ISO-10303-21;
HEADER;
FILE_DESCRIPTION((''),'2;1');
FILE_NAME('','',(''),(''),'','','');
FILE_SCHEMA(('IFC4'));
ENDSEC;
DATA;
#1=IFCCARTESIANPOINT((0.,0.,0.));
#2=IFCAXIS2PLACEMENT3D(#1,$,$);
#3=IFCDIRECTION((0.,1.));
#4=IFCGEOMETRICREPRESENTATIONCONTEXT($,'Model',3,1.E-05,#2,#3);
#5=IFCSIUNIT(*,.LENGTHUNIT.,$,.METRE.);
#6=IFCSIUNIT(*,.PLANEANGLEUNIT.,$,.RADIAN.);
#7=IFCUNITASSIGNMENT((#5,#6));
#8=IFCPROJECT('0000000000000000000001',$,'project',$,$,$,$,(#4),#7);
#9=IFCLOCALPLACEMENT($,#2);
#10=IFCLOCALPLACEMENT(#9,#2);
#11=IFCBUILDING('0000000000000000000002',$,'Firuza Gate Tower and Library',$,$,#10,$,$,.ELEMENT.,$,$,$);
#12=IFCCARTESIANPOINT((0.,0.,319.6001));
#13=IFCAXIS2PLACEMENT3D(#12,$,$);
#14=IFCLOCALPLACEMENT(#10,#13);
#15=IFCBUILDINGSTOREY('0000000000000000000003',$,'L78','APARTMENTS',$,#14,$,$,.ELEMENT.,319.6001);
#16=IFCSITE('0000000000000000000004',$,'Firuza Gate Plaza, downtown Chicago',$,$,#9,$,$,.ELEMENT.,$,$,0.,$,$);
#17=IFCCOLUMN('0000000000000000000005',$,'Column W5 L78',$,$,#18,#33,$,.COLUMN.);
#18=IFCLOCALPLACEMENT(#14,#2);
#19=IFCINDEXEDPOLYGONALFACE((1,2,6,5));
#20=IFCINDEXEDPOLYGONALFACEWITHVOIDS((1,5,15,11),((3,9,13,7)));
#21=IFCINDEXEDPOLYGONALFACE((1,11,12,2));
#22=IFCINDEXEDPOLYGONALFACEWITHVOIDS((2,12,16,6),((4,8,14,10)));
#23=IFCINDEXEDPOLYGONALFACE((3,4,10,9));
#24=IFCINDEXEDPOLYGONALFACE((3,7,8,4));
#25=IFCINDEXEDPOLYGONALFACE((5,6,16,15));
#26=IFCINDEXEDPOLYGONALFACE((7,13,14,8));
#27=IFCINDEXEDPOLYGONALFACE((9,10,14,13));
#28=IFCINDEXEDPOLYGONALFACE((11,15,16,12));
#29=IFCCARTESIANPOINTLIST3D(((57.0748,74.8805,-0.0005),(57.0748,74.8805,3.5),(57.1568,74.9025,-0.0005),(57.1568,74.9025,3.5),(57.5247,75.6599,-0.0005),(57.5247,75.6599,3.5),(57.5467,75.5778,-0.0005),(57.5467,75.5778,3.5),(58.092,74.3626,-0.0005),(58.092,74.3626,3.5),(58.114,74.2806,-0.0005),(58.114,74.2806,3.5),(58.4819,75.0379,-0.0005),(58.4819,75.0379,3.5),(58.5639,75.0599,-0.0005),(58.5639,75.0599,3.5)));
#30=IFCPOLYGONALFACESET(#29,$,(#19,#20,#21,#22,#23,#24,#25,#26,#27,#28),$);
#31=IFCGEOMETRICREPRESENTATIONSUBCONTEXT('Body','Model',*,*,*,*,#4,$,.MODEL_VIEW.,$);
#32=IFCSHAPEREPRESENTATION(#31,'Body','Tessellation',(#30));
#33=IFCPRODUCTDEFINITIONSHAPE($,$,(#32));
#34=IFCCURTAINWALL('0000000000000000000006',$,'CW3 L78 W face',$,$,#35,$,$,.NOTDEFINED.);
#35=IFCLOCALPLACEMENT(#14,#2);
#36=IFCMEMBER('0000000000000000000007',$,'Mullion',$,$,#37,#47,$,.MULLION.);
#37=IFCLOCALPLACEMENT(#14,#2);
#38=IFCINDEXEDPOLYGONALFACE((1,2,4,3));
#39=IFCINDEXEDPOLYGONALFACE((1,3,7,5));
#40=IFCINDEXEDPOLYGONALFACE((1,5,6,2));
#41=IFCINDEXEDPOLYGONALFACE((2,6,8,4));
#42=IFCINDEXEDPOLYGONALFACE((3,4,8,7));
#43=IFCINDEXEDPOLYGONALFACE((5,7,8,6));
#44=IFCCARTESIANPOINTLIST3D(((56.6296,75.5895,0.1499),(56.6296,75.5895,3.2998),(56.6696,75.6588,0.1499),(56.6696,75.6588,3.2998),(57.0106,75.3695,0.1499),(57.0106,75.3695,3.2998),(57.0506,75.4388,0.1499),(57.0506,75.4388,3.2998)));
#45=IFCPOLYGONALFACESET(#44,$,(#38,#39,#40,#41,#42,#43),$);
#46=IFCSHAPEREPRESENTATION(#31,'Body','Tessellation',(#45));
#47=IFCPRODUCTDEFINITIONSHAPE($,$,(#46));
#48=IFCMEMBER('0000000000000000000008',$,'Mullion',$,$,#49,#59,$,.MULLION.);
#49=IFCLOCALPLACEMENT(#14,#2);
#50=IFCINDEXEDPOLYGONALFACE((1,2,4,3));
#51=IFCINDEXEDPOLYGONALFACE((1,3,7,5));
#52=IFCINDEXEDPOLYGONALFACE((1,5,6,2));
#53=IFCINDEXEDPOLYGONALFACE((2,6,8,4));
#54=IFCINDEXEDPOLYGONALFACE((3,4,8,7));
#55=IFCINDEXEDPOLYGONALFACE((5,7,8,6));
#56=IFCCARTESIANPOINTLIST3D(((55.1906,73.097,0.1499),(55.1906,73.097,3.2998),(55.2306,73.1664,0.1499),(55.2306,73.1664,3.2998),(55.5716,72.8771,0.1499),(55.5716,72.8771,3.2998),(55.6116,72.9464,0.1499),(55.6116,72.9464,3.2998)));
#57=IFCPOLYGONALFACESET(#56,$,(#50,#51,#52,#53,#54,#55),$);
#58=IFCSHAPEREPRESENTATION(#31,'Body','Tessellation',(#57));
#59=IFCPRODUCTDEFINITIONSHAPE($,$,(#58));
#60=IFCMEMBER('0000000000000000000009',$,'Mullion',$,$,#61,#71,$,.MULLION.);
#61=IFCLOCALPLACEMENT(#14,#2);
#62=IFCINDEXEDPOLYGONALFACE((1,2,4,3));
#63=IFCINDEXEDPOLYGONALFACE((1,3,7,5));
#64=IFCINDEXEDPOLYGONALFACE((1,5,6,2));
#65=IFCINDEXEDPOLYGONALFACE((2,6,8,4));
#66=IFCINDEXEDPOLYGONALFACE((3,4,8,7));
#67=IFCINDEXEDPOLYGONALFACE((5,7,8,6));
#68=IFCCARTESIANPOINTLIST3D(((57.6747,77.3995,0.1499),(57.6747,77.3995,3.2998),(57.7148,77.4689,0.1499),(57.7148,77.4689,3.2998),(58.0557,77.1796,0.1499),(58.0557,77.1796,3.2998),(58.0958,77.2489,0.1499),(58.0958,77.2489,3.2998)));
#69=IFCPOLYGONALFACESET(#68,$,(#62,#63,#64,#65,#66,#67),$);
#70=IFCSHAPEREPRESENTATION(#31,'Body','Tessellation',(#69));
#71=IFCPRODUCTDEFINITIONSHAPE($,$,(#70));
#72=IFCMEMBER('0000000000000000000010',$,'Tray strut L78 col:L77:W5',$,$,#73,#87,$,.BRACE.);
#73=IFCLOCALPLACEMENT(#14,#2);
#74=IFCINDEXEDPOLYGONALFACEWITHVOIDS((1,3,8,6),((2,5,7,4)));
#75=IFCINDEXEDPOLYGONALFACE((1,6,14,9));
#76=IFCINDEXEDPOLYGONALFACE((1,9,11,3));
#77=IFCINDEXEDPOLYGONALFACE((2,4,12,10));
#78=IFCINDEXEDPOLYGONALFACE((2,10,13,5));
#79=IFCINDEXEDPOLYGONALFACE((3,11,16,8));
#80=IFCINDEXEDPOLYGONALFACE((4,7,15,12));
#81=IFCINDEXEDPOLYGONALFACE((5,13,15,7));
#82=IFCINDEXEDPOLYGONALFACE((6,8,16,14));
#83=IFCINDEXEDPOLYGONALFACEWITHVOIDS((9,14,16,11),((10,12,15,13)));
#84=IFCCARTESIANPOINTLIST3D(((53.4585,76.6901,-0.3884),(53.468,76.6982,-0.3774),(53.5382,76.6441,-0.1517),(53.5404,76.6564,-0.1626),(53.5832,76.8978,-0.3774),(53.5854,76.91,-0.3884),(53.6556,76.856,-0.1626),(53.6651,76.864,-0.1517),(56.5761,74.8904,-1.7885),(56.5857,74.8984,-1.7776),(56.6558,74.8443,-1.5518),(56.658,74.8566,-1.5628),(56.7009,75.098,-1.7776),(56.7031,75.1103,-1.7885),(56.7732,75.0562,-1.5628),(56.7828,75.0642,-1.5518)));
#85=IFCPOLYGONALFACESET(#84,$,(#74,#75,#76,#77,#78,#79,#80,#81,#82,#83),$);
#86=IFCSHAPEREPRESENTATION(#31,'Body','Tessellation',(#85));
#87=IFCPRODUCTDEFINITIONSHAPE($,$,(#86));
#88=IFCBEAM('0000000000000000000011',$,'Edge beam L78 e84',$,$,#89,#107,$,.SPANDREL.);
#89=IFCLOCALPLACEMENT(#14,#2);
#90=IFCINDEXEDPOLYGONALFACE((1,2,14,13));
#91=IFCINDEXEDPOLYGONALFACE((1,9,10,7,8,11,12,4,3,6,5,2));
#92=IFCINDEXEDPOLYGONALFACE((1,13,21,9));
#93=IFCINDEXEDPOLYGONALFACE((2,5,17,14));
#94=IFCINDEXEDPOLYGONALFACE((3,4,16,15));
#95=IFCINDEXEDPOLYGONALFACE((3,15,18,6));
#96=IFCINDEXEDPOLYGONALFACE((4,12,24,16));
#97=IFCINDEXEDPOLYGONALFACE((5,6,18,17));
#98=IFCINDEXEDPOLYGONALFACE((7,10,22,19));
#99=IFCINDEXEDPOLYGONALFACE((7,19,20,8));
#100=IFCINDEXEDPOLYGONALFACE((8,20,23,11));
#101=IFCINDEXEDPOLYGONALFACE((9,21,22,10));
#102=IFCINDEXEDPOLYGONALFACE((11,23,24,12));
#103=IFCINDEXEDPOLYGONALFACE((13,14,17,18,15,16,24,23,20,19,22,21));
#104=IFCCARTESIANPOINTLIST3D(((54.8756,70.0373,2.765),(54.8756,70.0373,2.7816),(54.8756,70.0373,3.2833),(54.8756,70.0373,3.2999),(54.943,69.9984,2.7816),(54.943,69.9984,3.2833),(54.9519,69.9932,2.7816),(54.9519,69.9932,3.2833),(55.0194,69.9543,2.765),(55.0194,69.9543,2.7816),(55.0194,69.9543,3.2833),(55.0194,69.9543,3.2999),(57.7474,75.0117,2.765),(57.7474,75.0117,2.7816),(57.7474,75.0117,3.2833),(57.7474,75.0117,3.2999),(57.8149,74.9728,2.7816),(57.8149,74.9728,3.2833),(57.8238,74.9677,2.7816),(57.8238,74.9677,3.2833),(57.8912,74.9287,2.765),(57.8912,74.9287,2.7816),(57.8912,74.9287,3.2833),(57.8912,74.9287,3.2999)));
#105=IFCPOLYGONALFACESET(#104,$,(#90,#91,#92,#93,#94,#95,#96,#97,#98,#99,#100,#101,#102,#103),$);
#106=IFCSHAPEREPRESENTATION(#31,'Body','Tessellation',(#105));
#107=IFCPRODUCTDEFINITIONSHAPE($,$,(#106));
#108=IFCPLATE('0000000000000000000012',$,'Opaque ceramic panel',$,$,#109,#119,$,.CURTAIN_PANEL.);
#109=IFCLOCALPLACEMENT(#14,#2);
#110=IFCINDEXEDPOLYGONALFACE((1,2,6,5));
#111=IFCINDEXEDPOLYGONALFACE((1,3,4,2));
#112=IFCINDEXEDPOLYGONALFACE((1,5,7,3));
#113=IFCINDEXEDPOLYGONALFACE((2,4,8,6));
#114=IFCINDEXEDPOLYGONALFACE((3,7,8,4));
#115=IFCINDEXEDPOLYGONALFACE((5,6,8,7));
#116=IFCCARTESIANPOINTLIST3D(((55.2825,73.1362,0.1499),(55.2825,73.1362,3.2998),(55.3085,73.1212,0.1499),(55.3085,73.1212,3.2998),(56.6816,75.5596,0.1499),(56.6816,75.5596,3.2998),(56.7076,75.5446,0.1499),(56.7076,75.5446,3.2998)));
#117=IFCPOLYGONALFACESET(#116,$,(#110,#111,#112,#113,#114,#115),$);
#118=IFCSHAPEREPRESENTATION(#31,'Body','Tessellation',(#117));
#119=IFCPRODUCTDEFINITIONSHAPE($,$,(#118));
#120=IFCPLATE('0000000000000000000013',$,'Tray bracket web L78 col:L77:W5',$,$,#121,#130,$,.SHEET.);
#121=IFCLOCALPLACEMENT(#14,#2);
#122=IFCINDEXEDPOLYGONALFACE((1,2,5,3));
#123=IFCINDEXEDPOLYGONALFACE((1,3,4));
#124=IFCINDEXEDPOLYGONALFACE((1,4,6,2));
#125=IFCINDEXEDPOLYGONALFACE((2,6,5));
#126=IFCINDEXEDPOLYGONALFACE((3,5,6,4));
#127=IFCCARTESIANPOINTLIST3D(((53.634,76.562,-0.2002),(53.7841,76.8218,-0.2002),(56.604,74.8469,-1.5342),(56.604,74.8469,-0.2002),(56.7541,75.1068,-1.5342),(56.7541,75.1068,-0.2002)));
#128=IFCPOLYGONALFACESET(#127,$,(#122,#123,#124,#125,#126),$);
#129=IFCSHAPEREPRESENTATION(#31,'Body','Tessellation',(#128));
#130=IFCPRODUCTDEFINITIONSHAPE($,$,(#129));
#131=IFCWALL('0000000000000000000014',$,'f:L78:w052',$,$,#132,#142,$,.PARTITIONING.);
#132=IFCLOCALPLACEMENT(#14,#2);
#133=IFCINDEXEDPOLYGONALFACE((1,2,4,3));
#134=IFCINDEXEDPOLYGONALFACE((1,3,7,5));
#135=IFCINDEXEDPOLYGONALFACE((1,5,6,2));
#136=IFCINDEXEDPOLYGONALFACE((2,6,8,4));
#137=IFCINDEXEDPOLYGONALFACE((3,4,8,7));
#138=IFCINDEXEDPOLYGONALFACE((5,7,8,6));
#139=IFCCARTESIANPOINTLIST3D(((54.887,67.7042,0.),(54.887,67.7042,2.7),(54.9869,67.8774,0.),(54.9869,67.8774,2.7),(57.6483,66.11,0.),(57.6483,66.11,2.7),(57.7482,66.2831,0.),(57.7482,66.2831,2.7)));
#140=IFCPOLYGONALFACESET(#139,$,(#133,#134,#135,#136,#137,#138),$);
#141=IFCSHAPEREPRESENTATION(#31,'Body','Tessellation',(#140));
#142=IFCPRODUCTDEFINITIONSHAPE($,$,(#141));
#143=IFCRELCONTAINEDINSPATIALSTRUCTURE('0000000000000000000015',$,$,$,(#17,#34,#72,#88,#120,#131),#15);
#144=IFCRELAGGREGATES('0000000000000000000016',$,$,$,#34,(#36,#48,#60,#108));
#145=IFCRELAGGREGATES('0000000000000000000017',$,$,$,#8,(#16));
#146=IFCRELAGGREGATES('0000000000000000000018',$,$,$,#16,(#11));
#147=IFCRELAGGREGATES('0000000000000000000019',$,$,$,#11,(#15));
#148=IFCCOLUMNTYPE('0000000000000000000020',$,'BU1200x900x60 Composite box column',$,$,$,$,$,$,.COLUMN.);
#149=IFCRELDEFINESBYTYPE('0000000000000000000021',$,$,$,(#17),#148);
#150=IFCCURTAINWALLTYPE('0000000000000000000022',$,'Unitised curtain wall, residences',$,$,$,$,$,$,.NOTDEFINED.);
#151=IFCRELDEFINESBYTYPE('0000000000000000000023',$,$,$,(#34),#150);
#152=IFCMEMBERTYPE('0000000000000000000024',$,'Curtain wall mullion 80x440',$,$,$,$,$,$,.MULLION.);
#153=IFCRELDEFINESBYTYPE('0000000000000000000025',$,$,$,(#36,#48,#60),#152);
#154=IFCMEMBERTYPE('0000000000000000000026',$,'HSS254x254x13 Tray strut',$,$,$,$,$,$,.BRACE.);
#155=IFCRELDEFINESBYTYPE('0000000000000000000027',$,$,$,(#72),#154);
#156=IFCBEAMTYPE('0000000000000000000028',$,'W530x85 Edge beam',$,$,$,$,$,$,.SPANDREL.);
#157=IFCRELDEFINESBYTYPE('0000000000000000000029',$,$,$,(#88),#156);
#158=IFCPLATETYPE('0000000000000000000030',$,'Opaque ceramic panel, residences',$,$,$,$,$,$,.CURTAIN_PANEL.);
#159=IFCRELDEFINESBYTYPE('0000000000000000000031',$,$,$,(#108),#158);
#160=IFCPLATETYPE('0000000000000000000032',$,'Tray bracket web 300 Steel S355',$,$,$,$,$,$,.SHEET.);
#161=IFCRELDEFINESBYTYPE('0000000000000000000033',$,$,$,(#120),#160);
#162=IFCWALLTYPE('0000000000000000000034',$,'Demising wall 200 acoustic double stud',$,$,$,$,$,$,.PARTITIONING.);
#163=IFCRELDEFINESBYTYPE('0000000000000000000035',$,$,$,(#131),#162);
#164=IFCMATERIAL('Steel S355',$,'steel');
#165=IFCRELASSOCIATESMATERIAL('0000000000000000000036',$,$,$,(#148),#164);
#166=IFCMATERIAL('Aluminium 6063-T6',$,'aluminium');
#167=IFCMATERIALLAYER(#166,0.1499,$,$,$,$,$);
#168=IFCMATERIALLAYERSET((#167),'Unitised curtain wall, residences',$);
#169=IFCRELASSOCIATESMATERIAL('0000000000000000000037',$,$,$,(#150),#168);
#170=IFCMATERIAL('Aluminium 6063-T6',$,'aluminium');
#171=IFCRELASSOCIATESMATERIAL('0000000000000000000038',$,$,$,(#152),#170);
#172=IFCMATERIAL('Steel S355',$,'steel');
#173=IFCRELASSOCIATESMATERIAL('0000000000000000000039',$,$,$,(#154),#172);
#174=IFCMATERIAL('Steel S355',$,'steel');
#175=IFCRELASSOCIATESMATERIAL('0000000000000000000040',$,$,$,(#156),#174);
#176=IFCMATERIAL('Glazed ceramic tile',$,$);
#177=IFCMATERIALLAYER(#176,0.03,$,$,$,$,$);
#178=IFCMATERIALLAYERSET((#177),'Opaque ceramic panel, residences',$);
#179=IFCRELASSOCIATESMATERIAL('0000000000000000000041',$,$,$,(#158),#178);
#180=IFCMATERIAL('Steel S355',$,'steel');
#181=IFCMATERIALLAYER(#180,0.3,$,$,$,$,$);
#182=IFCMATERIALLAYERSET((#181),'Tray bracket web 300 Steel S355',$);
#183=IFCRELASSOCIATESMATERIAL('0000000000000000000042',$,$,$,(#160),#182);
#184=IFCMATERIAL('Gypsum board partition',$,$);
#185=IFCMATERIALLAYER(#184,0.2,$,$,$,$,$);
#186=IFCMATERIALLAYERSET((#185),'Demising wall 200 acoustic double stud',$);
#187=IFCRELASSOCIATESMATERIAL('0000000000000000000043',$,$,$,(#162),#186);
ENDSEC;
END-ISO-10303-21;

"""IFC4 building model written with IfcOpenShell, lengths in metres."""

from ifc_helpers import new_model, si_unit, direction, frame, frame_2d, origin, origin_2d, place, context, subcontext, project, spatial, polyline, rectangle, hollow_rectangle, i_section, outline, extrude, material, layer, layer_set, material_profile, profile_set, type_object, element, aggregate, save


model = new_model("IFC4")

# Units and contexts
model_context = context("Model", 3, precision=1e-05, world=origin(), true_north=direction((0.0, 1.0)))
body_context = subcontext(model_context, "Body", "Model", "MODEL_VIEW")
ifc_project = project(units=[si_unit("LENGTHUNIT", "METRE"), si_unit("PLANEANGLEUNIT", "RADIAN")], contexts=[model_context])

# Site, building, storey
site_placement = place(None, origin())
site = spatial("IfcSite", under=ifc_project, at=site_placement, Name="Firuza Gate Plaza, downtown Chicago", CompositionType="ELEMENT", RefElevation=0.0)
building_placement = place(site_placement, origin())
building = spatial("IfcBuilding", under=site, at=building_placement, Name="Firuza Gate Tower and Library", CompositionType="ELEMENT")
storey_placement = place(building_placement, frame((0.0, 0.0, 319.6001)))
storey = spatial("IfcBuildingStorey", under=building, at=storey_placement, Name="L78", Description="APARTMENTS", CompositionType="ELEMENT", Elevation=319.6001)

# Column
ifc_material_1 = material(Name="Steel S355", Category="steel")
ifc_material_profile_1 = material_profile(ifc_material_1, hollow_rectangle(XDim=0.8999, YDim=1.2, WallThickness=0.0601, at=origin_2d()))
ifc_profile_set_1 = profile_set([ifc_material_profile_1], Name="Steel S355")
column_type = type_object("IfcColumnType", Name="BU1200x900x60 Composite box column", PredefinedType="COLUMN", material=ifc_profile_set_1)
column_placement = place(storey_placement, frame((57.8193, 74.9702, -0.0005), z_axis=(0.0, 0.0, 1.0), x_axis=(-0.5, -0.866025, 0.0)))
element("IfcColumn", 1, at=column_placement, inside=storey, type_object=column_type, Name="Column W5 L78", PredefinedType="COLUMN", context=body_context, shape_type="SweptSolid", body=[
    extrude(hollow_rectangle(XDim=0.8999, YDim=1.2, WallThickness=0.0601, at=origin_2d()), origin(), (0.0, 0.0, 1.0), 3.5005),
])

# Curtain wall, members
ifc_material_2 = material(Name="Aluminium 6063-T6", Category="aluminium")
ifc_layer_1 = layer(ifc_material_2, 0.1499)
ifc_layer_set_1 = layer_set([ifc_layer_1], Name="Unitised curtain wall, residences")
curtain_wall_type = type_object("IfcCurtainWallType", Name="Unitised curtain wall, residences", PredefinedType="NOTDEFINED", material=ifc_layer_set_1)
curtain_wall_placement = place(storey_placement, origin())
curtain_wall = element("IfcCurtainWall", 2, at=curtain_wall_placement, inside=storey, type_object=curtain_wall_type, Name="CW3 L78 W face", PredefinedType="NOTDEFINED")
ifc_material_3 = material(Name="Aluminium 6063-T6", Category="aluminium")
ifc_material_profile_2 = material_profile(ifc_material_3, rectangle(XDim=0.4399, YDim=0.0801, at=origin_2d()))
ifc_profile_set_2 = profile_set([ifc_material_profile_2], Name="Aluminium 6063-T6")
member_type_1 = type_object("IfcMemberType", Name="Curtain wall mullion 80x440", PredefinedType="MULLION", material=ifc_profile_set_2)
member_1_placement = place(storey_placement, frame((56.8401, 75.5142, 0.1499), z_axis=(0.0, 0.0, 1.0), x_axis=(0.866025, -0.5, 0.0)))
member_1 = element("IfcMember", 3, at=member_1_placement, type_object=member_type_1, Name="Mullion", PredefinedType="MULLION", context=body_context, shape_type="SweptSolid", body=[
    extrude(rectangle(XDim=0.4399, YDim=0.0801, at=origin_2d()), origin(), (0.0, 0.0, 1.0), 3.1499),
])
member_2_placement = place(storey_placement, frame((55.4011, 73.0217, 0.1499), z_axis=(0.0, 0.0, 1.0), x_axis=(0.866025, -0.5, 0.0)))
member_2 = element("IfcMember", 4, at=member_2_placement, type_object=member_type_1, Name="Mullion", PredefinedType="MULLION", context=body_context, shape_type="SweptSolid", body=[
    extrude(rectangle(XDim=0.4399, YDim=0.0801, at=origin_2d()), origin(), (0.0, 0.0, 1.0), 3.1499),
])
member_3_placement = place(storey_placement, frame((57.8853, 77.3242, 0.1499), z_axis=(0.0, 0.0, 1.0), x_axis=(0.866025, -0.5, 0.0)))
member_3 = element("IfcMember", 5, at=member_3_placement, type_object=member_type_1, Name="Mullion", PredefinedType="MULLION", context=body_context, shape_type="SweptSolid", body=[
    extrude(rectangle(XDim=0.4399, YDim=0.0801, at=origin_2d()), origin(), (0.0, 0.0, 1.0), 3.1499),
])

# Member
ifc_material_4 = material(Name="Steel S355", Category="steel")
ifc_material_profile_3 = material_profile(ifc_material_4, hollow_rectangle(XDim=0.2539, YDim=0.2539, WallThickness=0.0117, at=origin_2d()))
ifc_profile_set_3 = profile_set([ifc_material_profile_3], Name="Steel S355")
member_type_2 = type_object("IfcMemberType", Name="HSS254x254x13 Tray strut", PredefinedType="BRACE", material=ifc_profile_set_3)
member_4_placement = place(storey_placement, frame((56.6794, 74.9773, -1.6702), z_axis=(-0.807146, 0.465958, 0.362489), x_axis=(-0.499961, -0.866048, 0.0)))
element("IfcMember", 6, at=member_4_placement, inside=storey, type_object=member_type_2, Name="Tray strut L78 col:L77:W5", PredefinedType="BRACE", context=body_context, shape_type="SweptSolid", body=[
    extrude(hollow_rectangle(XDim=0.2539, YDim=0.2539, WallThickness=0.0117, at=origin_2d()), origin(), (0.0, 0.0, 1.0), 3.8625),
])

# Beam
ifc_material_5 = material(Name="Steel S355", Category="steel")
ifc_material_profile_4 = material_profile(ifc_material_5, i_section(OverallWidth=0.166, OverallDepth=0.5349, WebThickness=0.0103, FlangeThickness=0.0166, at=origin_2d()))
ifc_profile_set_4 = profile_set([ifc_material_profile_4], Name="Steel S355")
beam_type = type_object("IfcBeamType", Name="W530x85 Edge beam", PredefinedType="SPANDREL", material=ifc_profile_set_4)
beam_placement = place(storey_placement, frame((57.8193, 74.9702, 3.0325), z_axis=(-0.499984, -0.866035, 0.0), x_axis=(0.866035, -0.499984, 0.0)))
element("IfcBeam", 7, at=beam_placement, inside=storey, type_object=beam_type, Name="Edge beam L78 e84", PredefinedType="SPANDREL", context=body_context, shape_type="SweptSolid", body=[
    extrude(i_section(OverallWidth=0.166, OverallDepth=0.5349, WebThickness=0.0103, FlangeThickness=0.0166, at=origin_2d()), origin(), (0.0, 0.0, 1.0), 5.7439),
])

# Plates
ifc_material_6 = material(Name="Glazed ceramic tile")
ifc_layer_2 = layer(ifc_material_6, 0.03)
ifc_layer_set_2 = layer_set([ifc_layer_2], Name="Opaque ceramic panel, residences")
plate_type_1 = type_object("IfcPlateType", Name="Opaque ceramic panel, residences", PredefinedType="CURTAIN_PANEL", material=ifc_layer_set_2)
plate_1_placement = place(storey_placement, frame((56.6816, 75.5596, 0.1499), z_axis=(-0.866017, 0.500014, 0.0), x_axis=(-0.500014, -0.866017, 0.0)))
plate_1 = element("IfcPlate", 8, at=plate_1_placement, type_object=plate_type_1, Name="Opaque ceramic panel", PredefinedType="CURTAIN_PANEL", context=body_context, shape_type="SweptSolid", body=[
    extrude(outline(polyline([(0.0, 0.0), (2.7983, 0.0), (2.7983, 3.1499), (0.0, 3.1499), (0.0, 0.0)])), origin(), (0.0, 0.0, -1.0), 0.03),
])
aggregate(curtain_wall, [member_1, member_2, member_3, plate_1])
ifc_material_7 = material(Name="Steel S355", Category="steel")
ifc_layer_3 = layer(ifc_material_7, 0.3)
ifc_layer_set_3 = layer_set([ifc_layer_3], Name="Tray bracket web 300 Steel S355")
plate_type_2 = type_object("IfcPlateType", Name="Tray bracket web 300 Steel S355", PredefinedType="SHEET", material=ifc_layer_set_3)
plate_2_placement = place(storey_placement, frame((56.604, 74.8469, -0.2002), z_axis=(-0.500082, -0.865978, 0.0), x_axis=(-0.865978, 0.500082, 0.0)))
element("IfcPlate", 9, at=plate_2_placement, inside=storey, type_object=plate_type_2, Name="Tray bracket web L78 col:L77:W5", PredefinedType="SHEET", context=body_context, shape_type="SweptSolid", body=[
    extrude(outline(polyline([(0.0, 0.0), (3.4296, 0.0), (0.0, 1.334), (0.0, 0.0)])), origin(), (0.0, 0.0, -1.0), 0.3),
])

# Wall
ifc_material_8 = material(Name="Gypsum board partition")
ifc_layer_4 = layer(ifc_material_8, 0.2)
ifc_layer_set_4 = layer_set([ifc_layer_4], Name="Demising wall 200 acoustic double stud")
wall_type_1 = type_object("IfcWallType", Name="Demising wall 200 acoustic double stud", PredefinedType="PARTITIONING", material=ifc_layer_set_4)
wall_1_placement = place(storey_placement, frame((57.6982, 66.1965, 0.0), z_axis=(0.0, 0.0, 1.0), x_axis=(-0.86602, 0.50001, 0.0)))
element("IfcWall", 10, at=wall_1_placement, inside=storey, type_object=wall_type_1, Name="f:L78:w052", PredefinedType="PARTITIONING", context=body_context, shape_type="SweptSolid", body=[
    extrude(rectangle(XDim=3.1885, YDim=0.2, at=frame_2d((1.5942, 0.0))), origin(), (0.0, 0.0, 1.0), 2.7),
])

save(model, "model.ifc")
